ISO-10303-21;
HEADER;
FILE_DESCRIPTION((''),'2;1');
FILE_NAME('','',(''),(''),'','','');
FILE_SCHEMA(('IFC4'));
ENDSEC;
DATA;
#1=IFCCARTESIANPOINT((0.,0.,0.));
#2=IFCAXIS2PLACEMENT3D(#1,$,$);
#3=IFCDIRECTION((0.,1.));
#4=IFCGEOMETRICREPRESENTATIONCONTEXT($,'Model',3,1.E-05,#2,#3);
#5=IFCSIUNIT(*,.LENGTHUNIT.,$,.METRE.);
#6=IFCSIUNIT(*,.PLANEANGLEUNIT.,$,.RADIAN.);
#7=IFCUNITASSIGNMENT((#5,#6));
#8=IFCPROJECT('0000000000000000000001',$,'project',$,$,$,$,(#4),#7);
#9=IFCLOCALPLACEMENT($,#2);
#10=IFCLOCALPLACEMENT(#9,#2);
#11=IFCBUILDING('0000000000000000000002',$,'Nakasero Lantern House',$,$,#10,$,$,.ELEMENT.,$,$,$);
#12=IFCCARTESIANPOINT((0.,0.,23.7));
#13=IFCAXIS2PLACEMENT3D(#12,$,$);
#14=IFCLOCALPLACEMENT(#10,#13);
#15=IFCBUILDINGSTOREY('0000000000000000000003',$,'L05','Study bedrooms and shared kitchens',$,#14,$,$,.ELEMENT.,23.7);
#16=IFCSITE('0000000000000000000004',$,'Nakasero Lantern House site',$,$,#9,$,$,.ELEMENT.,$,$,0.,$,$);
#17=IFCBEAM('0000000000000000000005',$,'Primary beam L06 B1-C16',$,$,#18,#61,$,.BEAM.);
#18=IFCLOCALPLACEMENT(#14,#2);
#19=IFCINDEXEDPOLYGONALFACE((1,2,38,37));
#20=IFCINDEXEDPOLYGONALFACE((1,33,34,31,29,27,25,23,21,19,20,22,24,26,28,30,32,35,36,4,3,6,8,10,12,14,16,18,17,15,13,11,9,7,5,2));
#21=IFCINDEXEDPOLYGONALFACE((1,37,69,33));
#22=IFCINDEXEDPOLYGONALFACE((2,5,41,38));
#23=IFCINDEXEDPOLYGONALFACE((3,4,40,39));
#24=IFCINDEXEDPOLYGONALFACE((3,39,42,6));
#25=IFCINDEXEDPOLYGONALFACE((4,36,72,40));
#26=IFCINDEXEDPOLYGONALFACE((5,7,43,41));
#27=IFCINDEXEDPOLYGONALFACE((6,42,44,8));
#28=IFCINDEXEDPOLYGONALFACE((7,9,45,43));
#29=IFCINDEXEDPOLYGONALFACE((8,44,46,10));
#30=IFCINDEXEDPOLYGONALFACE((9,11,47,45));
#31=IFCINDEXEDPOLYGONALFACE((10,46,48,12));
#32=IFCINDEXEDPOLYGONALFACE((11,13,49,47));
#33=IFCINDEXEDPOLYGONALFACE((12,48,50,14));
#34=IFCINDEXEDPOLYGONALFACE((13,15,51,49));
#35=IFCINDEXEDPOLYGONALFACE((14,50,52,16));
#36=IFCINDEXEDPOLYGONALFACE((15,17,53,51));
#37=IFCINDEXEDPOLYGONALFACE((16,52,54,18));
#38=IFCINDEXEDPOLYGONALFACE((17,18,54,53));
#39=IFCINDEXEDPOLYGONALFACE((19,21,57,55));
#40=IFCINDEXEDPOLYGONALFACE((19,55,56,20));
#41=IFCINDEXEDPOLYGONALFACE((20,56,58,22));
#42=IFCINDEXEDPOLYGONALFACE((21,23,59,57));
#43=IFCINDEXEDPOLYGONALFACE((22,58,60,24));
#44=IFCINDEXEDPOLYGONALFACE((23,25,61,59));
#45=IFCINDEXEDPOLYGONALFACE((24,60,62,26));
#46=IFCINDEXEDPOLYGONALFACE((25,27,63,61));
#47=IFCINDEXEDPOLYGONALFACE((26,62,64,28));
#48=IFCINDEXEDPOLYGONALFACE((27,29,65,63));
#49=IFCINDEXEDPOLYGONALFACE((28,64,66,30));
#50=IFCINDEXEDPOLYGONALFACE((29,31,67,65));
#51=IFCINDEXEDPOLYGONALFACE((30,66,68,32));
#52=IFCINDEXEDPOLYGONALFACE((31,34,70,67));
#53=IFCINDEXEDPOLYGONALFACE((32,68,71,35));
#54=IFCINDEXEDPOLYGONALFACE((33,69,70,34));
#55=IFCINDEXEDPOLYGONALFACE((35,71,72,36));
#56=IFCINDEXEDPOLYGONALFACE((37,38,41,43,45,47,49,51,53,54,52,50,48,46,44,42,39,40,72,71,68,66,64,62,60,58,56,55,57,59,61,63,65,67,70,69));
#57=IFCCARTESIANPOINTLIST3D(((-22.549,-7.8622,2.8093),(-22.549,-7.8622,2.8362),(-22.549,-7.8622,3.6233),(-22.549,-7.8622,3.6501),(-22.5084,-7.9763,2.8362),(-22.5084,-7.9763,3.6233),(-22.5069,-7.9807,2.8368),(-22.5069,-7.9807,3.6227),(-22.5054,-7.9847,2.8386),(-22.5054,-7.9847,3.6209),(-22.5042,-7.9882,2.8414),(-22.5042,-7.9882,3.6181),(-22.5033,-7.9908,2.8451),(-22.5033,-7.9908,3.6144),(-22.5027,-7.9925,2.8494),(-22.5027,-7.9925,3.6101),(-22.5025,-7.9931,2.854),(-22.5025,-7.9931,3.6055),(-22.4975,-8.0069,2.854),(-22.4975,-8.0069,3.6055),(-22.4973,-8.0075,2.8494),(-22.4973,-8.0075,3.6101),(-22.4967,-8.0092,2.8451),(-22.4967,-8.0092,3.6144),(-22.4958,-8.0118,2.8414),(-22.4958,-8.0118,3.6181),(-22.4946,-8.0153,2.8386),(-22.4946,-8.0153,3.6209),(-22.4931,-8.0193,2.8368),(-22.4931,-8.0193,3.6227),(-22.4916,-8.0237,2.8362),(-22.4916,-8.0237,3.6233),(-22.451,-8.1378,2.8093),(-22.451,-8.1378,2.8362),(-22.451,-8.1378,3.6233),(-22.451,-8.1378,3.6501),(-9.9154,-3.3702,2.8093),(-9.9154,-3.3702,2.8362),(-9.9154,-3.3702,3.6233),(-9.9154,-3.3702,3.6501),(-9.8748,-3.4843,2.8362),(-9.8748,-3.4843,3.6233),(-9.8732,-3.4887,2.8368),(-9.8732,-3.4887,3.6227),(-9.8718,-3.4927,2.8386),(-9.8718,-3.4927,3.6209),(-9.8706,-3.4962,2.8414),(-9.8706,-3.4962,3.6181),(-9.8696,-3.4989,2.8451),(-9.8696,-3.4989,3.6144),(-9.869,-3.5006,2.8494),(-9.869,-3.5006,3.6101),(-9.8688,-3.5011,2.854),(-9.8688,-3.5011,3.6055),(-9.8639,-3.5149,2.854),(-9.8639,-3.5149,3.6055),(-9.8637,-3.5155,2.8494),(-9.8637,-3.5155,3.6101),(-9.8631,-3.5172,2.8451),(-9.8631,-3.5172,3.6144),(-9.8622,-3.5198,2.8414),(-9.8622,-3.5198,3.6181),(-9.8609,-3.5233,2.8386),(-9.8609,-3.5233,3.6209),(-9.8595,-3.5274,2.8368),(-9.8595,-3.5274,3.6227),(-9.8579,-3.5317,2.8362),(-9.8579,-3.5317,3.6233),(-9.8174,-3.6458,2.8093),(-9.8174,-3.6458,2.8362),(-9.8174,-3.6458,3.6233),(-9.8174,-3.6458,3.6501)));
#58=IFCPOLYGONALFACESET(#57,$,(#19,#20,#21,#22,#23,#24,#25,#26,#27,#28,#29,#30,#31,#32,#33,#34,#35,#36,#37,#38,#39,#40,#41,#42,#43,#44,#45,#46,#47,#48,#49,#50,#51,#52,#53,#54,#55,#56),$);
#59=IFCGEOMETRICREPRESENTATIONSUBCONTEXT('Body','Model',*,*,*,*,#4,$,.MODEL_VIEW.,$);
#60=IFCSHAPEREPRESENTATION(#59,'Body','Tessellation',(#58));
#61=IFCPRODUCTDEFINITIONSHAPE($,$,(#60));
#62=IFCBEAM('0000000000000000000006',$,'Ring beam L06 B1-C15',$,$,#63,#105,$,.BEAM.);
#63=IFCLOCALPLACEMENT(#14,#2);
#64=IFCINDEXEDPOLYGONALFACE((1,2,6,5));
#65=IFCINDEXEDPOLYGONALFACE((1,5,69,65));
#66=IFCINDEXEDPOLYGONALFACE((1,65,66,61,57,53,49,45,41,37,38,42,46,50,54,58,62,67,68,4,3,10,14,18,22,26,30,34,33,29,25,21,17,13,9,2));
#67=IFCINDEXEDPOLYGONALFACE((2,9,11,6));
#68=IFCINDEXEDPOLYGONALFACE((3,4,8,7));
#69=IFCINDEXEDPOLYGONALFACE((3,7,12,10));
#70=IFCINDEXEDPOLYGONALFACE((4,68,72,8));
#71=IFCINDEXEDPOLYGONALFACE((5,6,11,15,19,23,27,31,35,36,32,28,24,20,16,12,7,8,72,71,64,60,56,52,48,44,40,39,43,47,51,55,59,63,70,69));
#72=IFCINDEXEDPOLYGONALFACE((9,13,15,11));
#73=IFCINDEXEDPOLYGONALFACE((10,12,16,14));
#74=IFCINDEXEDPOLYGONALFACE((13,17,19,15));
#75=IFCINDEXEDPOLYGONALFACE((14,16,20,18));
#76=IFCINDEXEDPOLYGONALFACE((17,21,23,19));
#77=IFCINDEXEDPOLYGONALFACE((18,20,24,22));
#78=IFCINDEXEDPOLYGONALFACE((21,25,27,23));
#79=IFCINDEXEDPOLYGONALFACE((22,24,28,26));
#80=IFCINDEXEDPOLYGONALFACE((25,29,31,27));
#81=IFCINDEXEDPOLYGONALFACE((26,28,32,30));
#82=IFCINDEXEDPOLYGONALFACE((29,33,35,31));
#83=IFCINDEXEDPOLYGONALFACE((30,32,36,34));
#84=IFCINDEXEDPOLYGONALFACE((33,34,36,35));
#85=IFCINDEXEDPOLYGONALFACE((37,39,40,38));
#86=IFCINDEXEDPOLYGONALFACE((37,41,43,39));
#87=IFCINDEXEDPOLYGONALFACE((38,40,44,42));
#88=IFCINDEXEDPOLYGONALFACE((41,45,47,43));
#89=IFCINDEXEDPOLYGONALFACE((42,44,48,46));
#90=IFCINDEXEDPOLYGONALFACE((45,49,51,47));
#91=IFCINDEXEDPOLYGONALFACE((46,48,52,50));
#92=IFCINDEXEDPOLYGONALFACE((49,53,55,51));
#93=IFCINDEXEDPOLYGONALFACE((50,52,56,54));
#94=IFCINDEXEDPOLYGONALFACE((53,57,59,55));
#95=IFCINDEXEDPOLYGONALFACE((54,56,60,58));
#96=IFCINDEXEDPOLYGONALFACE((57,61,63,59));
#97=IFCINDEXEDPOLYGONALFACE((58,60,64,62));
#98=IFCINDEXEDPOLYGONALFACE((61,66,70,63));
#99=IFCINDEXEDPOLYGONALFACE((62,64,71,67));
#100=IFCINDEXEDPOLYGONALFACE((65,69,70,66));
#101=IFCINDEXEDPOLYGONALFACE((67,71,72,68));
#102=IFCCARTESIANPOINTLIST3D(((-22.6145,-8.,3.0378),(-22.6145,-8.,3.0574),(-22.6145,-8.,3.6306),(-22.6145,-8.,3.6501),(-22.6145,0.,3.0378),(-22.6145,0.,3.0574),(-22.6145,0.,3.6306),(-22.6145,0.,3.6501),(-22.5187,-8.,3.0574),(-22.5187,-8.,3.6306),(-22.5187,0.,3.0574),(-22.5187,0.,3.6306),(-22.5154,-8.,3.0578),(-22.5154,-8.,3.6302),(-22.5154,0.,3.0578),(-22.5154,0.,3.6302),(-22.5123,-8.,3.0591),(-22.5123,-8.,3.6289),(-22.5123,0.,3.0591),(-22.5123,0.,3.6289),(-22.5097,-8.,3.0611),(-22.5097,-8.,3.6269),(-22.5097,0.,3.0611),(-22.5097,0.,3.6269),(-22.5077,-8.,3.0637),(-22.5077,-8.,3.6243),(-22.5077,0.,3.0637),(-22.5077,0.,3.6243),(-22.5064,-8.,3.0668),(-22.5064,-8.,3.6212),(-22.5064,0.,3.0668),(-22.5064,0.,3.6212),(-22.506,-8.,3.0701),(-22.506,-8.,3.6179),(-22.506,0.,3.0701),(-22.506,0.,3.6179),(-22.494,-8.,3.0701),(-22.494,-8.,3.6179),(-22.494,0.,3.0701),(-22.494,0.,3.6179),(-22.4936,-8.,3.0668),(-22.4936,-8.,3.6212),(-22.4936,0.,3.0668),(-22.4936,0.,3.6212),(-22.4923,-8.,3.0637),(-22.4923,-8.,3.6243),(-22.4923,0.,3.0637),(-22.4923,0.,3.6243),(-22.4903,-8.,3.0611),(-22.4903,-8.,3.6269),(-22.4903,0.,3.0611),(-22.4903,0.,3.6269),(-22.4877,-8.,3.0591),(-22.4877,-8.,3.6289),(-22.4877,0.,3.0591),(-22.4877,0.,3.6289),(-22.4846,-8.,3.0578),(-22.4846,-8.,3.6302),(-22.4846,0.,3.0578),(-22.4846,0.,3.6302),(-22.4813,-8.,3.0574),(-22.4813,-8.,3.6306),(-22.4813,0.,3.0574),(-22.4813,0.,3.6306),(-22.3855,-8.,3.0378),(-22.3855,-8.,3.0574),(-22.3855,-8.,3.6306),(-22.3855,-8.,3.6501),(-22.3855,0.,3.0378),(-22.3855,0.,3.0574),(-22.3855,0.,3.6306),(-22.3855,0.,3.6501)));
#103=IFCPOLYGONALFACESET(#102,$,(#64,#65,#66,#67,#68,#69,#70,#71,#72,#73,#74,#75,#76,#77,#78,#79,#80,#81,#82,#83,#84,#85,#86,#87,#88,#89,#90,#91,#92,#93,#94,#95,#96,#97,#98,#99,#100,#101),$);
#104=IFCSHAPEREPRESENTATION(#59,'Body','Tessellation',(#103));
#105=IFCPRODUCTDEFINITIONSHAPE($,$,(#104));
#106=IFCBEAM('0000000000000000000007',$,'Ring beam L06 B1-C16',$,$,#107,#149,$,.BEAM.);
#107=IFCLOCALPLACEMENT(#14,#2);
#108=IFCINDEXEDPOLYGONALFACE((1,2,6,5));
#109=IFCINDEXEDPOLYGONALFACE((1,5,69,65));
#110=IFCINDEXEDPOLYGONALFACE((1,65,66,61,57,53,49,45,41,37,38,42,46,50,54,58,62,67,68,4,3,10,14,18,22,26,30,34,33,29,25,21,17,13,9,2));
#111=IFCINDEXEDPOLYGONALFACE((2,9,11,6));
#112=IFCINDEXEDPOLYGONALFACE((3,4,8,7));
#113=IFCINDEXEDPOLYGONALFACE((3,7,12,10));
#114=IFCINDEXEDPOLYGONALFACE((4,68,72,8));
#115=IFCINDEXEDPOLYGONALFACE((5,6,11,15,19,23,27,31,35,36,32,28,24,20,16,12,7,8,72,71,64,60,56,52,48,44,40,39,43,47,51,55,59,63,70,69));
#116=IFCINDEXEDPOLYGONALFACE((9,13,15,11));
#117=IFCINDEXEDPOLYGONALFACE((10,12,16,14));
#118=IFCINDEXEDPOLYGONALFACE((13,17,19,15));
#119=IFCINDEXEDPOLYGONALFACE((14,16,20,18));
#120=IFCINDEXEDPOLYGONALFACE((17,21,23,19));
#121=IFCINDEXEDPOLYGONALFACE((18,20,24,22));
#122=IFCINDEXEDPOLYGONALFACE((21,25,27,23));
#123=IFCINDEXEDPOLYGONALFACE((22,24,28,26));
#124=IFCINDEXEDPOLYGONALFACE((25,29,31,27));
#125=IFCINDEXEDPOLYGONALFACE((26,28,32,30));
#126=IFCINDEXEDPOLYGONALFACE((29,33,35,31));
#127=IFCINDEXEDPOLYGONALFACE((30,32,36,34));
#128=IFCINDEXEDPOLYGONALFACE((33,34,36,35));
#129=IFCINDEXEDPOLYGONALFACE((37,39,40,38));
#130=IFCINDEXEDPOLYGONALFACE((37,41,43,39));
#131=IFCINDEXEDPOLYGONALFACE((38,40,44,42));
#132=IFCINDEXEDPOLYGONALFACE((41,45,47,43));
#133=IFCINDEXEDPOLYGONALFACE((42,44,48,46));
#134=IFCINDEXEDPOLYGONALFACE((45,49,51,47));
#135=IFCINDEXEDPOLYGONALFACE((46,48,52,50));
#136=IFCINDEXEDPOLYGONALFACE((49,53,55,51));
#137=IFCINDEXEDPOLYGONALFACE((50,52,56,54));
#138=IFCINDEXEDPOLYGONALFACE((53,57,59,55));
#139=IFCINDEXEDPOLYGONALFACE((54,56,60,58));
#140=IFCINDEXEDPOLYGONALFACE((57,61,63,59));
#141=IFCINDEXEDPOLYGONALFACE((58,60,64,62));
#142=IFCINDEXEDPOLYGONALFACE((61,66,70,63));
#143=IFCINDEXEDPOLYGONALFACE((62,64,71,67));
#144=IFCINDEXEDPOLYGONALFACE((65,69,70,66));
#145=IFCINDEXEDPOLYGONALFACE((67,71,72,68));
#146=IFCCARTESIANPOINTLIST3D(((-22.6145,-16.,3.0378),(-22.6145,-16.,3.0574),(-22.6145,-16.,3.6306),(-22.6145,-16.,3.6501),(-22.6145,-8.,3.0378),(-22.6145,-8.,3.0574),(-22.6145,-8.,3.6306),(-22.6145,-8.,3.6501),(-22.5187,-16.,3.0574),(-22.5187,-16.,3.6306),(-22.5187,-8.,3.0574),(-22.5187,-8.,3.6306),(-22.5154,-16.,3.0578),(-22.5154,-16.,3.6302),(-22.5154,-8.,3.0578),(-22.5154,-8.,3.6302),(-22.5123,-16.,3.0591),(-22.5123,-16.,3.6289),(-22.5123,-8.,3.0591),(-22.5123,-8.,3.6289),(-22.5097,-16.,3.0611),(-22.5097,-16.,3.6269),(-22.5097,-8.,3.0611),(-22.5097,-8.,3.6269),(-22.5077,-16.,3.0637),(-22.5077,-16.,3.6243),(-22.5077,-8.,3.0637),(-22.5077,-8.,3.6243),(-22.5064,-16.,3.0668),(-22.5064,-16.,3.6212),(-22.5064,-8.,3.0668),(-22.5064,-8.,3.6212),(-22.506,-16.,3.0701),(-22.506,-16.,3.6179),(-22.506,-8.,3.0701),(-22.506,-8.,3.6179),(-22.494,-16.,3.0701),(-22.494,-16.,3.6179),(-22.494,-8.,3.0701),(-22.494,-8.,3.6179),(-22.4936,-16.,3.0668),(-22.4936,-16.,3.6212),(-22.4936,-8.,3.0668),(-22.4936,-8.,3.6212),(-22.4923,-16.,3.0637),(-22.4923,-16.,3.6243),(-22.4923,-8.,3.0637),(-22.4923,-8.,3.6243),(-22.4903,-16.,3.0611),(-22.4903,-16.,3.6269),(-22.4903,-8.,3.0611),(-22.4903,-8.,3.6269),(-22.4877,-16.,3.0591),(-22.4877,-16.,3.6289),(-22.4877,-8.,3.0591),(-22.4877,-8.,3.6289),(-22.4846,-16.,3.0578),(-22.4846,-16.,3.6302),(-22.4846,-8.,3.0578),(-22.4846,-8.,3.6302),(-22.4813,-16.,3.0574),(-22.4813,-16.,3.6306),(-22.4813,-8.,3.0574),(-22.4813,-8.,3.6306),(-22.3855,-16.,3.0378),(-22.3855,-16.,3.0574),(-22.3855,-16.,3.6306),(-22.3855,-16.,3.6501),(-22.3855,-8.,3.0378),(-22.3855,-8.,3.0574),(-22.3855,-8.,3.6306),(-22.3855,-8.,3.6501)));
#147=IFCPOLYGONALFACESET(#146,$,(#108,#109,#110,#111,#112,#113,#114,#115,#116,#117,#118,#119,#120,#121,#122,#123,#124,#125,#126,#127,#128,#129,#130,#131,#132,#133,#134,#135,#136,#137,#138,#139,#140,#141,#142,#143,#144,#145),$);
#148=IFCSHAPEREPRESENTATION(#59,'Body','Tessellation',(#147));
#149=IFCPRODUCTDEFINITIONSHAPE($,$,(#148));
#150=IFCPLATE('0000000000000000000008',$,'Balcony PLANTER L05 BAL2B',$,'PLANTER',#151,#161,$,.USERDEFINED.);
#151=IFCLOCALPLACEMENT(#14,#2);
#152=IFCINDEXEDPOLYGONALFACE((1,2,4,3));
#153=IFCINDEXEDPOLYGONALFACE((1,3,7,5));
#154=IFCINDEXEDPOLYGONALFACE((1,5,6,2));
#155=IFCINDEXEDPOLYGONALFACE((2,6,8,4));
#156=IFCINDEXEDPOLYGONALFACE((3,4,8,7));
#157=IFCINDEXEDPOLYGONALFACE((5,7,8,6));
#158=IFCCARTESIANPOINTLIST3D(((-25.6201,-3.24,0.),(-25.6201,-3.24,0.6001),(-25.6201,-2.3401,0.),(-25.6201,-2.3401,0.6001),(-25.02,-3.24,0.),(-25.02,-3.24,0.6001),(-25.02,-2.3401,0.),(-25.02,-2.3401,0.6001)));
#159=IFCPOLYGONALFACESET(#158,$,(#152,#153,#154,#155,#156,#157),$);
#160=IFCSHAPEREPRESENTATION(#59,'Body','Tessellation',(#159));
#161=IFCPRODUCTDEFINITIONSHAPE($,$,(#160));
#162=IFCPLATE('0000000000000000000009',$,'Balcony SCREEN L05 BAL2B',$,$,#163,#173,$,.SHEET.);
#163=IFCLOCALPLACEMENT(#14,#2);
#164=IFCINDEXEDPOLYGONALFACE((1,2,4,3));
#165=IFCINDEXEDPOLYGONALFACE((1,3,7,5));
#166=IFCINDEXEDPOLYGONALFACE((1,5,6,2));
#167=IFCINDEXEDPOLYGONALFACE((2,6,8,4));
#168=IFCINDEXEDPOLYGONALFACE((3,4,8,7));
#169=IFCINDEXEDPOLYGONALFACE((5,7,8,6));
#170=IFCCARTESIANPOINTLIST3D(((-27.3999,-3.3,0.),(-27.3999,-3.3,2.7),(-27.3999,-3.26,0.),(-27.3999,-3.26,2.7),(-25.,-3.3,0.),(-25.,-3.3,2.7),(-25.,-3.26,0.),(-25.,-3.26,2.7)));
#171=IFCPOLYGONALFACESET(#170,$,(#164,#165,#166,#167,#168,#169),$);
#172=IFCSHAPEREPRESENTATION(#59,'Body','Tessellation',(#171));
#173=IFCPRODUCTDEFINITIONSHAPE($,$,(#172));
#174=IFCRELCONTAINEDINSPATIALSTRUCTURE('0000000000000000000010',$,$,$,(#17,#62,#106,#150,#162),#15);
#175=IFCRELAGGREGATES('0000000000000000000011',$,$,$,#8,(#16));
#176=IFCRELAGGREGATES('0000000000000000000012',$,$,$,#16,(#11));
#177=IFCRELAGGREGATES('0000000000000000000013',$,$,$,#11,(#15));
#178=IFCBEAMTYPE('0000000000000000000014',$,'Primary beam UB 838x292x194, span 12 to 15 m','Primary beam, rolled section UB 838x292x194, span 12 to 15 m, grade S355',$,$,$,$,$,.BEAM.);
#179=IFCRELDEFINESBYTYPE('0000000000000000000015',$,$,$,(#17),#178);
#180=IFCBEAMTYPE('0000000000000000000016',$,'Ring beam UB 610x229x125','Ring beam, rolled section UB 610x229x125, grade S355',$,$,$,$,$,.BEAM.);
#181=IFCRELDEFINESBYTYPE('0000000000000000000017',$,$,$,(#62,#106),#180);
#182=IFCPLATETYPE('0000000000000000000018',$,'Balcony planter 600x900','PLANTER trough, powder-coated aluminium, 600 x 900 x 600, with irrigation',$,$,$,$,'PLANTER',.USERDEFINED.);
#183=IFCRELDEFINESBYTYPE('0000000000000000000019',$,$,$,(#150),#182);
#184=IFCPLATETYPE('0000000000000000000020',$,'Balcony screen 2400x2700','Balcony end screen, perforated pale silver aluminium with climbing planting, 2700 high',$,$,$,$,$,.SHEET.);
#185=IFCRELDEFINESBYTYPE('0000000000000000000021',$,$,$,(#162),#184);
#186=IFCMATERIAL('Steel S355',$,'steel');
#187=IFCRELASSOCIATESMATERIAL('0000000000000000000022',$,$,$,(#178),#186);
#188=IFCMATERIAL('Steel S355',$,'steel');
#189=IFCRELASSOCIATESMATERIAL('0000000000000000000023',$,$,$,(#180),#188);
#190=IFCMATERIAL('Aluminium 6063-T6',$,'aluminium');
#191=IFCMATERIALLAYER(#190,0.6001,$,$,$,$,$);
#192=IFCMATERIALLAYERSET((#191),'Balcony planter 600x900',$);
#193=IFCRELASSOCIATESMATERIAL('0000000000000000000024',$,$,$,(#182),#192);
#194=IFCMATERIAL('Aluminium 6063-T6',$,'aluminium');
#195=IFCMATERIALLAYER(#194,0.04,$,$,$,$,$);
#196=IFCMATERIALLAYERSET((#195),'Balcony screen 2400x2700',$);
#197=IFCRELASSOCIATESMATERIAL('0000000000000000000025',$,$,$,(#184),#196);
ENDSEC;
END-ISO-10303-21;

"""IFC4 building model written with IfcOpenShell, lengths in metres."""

from ifc_helpers import new_model, si_unit, direction, frame, origin, origin_2d, place, context, subcontext, project, spatial, rectangle, i_section, extrude, material, layer, layer_set, material_profile, profile_set, type_object, element, save


model = new_model("IFC4")

# Units and contexts
model_context = context("Model", 3, precision=1e-05, world=origin(), true_north=direction((0.0, 1.0)))
body_context = subcontext(model_context, "Body", "Model", "MODEL_VIEW")
ifc_project = project(units=[si_unit("LENGTHUNIT", "METRE"), si_unit("PLANEANGLEUNIT", "RADIAN")], contexts=[model_context])

# Site, building, storey
site_placement = place(None, origin())
site = spatial("IfcSite", under=ifc_project, at=site_placement, Name="Nakasero Lantern House site", CompositionType="ELEMENT", RefElevation=0.0)
building_placement = place(site_placement, origin())
building = spatial("IfcBuilding", under=site, at=building_placement, Name="Nakasero Lantern House", CompositionType="ELEMENT")
storey_placement = place(building_placement, frame((0.0, 0.0, 23.7)))
storey = spatial("IfcBuildingStorey", under=building, at=storey_placement, Name="L05", Description="Study bedrooms and shared kitchens", CompositionType="ELEMENT", Elevation=23.7)

# Beams
ifc_material_1 = material(Name="Steel S355", Category="steel")
ifc_material_profile_1 = material_profile(ifc_material_1, i_section(OverallWidth=0.2925, OverallDepth=0.8408, WebThickness=0.0146, FlangeThickness=0.0269, FilletRadius=0.0178, at=origin_2d()), Name="UB 838x292x194")
ifc_profile_set_1 = profile_set([ifc_material_profile_1], Name="Steel S355")
beam_type_1 = type_object("IfcBeamType", Name="Primary beam UB 838x292x194, span 12 to 15 m", Description="Primary beam, rolled section UB 838x292x194, span 12 to 15 m, grade S355", PredefinedType="BEAM", material=ifc_profile_set_1)
beam_1_placement = place(storey_placement, frame((-22.5, -8.0, 3.2297), z_axis=(0.942214, 0.335011, 0.0), x_axis=(-0.335011, 0.942214, 0.0)))
element("IfcBeam", 1, at=beam_1_placement, inside=storey, type_object=beam_type_1, Name="Primary beam L06 B1-C16", PredefinedType="BEAM", context=body_context, shape_type="SweptSolid", body=[
    extrude(i_section(OverallWidth=0.2925, OverallDepth=0.8408, WebThickness=0.0146, FlangeThickness=0.0269, FilletRadius=0.0178, at=origin_2d()), origin(), (0.0, 0.0, 1.0), 13.4084),
])
ifc_material_2 = material(Name="Steel S355", Category="steel")
ifc_material_profile_2 = material_profile(ifc_material_2, i_section(OverallWidth=0.229, OverallDepth=0.6123, WebThickness=0.012, FlangeThickness=0.0195, FilletRadius=0.0127, at=origin_2d()), Name="UB 610x229x125")
ifc_profile_set_2 = profile_set([ifc_material_profile_2], Name="Steel S355")
beam_type_2 = type_object("IfcBeamType", Name="Ring beam UB 610x229x125", Description="Ring beam, rolled section UB 610x229x125, grade S355", PredefinedType="BEAM", material=ifc_profile_set_2)
for number, where, z_axis, x_axis, name in (
    (2, (-22.5, 0.0, 3.344), (0.0, -1.0, 0.0), (1.0, 0.0, 0.0), "Ring beam L06 B1-C15"),
    (3, (-22.5, -8.0, 3.344), (0.0, -1.0, 0.0), (1.0, 0.0, 0.0), "Ring beam L06 B1-C16"),
):
    element("IfcBeam", number, at=place(storey_placement, frame(where, z_axis=z_axis, x_axis=x_axis)), inside=storey, type_object=beam_type_2, Name=name, PredefinedType="BEAM", context=body_context, shape_type="SweptSolid", body=[
        extrude(i_section(OverallWidth=0.229, OverallDepth=0.6123, WebThickness=0.012, FlangeThickness=0.0195, FilletRadius=0.0127, at=origin_2d()), origin(), (0.0, 0.0, 1.0), 8.0),
    ])

# Plates
ifc_material_3 = material(Name="Aluminium 6063-T6", Category="aluminium")
ifc_layer_1 = layer(ifc_material_3, 0.6001)
ifc_layer_set_1 = layer_set([ifc_layer_1], Name="Balcony planter 600x900")
plate_type_1 = type_object("IfcPlateType", Name="Balcony planter 600x900", Description="PLANTER trough, powder-coated aluminium, 600 x 900 x 600, with irrigation", ElementType="PLANTER", PredefinedType="USERDEFINED", material=ifc_layer_set_1)
plate_1_placement = place(storey_placement, frame((-25.3201, -2.79, 0.0), z_axis=(0.0, 0.0, 1.0), x_axis=(-1.0, 0.0, 0.0)))
element("IfcPlate", 4, at=plate_1_placement, inside=storey, type_object=plate_type_1, Name="Balcony PLANTER L05 BAL2B", ObjectType="PLANTER", PredefinedType="USERDEFINED", context=body_context, shape_type="SweptSolid", body=[
    extrude(rectangle(XDim=0.6001, YDim=0.8999, at=origin_2d()), origin(), (0.0, 0.0, 1.0), 0.6001),
])
ifc_material_4 = material(Name="Aluminium 6063-T6", Category="aluminium")
ifc_layer_2 = layer(ifc_material_4, 0.04)
ifc_layer_set_2 = layer_set([ifc_layer_2], Name="Balcony screen 2400x2700")
plate_type_2 = type_object("IfcPlateType", Name="Balcony screen 2400x2700", Description="Balcony end screen, perforated pale silver aluminium with climbing planting, 2700 high", PredefinedType="SHEET", material=ifc_layer_set_2)
plate_2_placement = place(storey_placement, frame((-26.2, -3.28, 0.0), z_axis=(0.0, 0.0, 1.0), x_axis=(-1.0, 0.0, 0.0)))
element("IfcPlate", 5, at=plate_2_placement, inside=storey, type_object=plate_type_2, Name="Balcony SCREEN L05 BAL2B", PredefinedType="SHEET", context=body_context, shape_type="SweptSolid", body=[
    extrude(rectangle(XDim=2.3999, YDim=0.04, at=origin_2d()), origin(), (0.0, 0.0, 1.0), 2.7),
])

save(model, "model.ifc")
